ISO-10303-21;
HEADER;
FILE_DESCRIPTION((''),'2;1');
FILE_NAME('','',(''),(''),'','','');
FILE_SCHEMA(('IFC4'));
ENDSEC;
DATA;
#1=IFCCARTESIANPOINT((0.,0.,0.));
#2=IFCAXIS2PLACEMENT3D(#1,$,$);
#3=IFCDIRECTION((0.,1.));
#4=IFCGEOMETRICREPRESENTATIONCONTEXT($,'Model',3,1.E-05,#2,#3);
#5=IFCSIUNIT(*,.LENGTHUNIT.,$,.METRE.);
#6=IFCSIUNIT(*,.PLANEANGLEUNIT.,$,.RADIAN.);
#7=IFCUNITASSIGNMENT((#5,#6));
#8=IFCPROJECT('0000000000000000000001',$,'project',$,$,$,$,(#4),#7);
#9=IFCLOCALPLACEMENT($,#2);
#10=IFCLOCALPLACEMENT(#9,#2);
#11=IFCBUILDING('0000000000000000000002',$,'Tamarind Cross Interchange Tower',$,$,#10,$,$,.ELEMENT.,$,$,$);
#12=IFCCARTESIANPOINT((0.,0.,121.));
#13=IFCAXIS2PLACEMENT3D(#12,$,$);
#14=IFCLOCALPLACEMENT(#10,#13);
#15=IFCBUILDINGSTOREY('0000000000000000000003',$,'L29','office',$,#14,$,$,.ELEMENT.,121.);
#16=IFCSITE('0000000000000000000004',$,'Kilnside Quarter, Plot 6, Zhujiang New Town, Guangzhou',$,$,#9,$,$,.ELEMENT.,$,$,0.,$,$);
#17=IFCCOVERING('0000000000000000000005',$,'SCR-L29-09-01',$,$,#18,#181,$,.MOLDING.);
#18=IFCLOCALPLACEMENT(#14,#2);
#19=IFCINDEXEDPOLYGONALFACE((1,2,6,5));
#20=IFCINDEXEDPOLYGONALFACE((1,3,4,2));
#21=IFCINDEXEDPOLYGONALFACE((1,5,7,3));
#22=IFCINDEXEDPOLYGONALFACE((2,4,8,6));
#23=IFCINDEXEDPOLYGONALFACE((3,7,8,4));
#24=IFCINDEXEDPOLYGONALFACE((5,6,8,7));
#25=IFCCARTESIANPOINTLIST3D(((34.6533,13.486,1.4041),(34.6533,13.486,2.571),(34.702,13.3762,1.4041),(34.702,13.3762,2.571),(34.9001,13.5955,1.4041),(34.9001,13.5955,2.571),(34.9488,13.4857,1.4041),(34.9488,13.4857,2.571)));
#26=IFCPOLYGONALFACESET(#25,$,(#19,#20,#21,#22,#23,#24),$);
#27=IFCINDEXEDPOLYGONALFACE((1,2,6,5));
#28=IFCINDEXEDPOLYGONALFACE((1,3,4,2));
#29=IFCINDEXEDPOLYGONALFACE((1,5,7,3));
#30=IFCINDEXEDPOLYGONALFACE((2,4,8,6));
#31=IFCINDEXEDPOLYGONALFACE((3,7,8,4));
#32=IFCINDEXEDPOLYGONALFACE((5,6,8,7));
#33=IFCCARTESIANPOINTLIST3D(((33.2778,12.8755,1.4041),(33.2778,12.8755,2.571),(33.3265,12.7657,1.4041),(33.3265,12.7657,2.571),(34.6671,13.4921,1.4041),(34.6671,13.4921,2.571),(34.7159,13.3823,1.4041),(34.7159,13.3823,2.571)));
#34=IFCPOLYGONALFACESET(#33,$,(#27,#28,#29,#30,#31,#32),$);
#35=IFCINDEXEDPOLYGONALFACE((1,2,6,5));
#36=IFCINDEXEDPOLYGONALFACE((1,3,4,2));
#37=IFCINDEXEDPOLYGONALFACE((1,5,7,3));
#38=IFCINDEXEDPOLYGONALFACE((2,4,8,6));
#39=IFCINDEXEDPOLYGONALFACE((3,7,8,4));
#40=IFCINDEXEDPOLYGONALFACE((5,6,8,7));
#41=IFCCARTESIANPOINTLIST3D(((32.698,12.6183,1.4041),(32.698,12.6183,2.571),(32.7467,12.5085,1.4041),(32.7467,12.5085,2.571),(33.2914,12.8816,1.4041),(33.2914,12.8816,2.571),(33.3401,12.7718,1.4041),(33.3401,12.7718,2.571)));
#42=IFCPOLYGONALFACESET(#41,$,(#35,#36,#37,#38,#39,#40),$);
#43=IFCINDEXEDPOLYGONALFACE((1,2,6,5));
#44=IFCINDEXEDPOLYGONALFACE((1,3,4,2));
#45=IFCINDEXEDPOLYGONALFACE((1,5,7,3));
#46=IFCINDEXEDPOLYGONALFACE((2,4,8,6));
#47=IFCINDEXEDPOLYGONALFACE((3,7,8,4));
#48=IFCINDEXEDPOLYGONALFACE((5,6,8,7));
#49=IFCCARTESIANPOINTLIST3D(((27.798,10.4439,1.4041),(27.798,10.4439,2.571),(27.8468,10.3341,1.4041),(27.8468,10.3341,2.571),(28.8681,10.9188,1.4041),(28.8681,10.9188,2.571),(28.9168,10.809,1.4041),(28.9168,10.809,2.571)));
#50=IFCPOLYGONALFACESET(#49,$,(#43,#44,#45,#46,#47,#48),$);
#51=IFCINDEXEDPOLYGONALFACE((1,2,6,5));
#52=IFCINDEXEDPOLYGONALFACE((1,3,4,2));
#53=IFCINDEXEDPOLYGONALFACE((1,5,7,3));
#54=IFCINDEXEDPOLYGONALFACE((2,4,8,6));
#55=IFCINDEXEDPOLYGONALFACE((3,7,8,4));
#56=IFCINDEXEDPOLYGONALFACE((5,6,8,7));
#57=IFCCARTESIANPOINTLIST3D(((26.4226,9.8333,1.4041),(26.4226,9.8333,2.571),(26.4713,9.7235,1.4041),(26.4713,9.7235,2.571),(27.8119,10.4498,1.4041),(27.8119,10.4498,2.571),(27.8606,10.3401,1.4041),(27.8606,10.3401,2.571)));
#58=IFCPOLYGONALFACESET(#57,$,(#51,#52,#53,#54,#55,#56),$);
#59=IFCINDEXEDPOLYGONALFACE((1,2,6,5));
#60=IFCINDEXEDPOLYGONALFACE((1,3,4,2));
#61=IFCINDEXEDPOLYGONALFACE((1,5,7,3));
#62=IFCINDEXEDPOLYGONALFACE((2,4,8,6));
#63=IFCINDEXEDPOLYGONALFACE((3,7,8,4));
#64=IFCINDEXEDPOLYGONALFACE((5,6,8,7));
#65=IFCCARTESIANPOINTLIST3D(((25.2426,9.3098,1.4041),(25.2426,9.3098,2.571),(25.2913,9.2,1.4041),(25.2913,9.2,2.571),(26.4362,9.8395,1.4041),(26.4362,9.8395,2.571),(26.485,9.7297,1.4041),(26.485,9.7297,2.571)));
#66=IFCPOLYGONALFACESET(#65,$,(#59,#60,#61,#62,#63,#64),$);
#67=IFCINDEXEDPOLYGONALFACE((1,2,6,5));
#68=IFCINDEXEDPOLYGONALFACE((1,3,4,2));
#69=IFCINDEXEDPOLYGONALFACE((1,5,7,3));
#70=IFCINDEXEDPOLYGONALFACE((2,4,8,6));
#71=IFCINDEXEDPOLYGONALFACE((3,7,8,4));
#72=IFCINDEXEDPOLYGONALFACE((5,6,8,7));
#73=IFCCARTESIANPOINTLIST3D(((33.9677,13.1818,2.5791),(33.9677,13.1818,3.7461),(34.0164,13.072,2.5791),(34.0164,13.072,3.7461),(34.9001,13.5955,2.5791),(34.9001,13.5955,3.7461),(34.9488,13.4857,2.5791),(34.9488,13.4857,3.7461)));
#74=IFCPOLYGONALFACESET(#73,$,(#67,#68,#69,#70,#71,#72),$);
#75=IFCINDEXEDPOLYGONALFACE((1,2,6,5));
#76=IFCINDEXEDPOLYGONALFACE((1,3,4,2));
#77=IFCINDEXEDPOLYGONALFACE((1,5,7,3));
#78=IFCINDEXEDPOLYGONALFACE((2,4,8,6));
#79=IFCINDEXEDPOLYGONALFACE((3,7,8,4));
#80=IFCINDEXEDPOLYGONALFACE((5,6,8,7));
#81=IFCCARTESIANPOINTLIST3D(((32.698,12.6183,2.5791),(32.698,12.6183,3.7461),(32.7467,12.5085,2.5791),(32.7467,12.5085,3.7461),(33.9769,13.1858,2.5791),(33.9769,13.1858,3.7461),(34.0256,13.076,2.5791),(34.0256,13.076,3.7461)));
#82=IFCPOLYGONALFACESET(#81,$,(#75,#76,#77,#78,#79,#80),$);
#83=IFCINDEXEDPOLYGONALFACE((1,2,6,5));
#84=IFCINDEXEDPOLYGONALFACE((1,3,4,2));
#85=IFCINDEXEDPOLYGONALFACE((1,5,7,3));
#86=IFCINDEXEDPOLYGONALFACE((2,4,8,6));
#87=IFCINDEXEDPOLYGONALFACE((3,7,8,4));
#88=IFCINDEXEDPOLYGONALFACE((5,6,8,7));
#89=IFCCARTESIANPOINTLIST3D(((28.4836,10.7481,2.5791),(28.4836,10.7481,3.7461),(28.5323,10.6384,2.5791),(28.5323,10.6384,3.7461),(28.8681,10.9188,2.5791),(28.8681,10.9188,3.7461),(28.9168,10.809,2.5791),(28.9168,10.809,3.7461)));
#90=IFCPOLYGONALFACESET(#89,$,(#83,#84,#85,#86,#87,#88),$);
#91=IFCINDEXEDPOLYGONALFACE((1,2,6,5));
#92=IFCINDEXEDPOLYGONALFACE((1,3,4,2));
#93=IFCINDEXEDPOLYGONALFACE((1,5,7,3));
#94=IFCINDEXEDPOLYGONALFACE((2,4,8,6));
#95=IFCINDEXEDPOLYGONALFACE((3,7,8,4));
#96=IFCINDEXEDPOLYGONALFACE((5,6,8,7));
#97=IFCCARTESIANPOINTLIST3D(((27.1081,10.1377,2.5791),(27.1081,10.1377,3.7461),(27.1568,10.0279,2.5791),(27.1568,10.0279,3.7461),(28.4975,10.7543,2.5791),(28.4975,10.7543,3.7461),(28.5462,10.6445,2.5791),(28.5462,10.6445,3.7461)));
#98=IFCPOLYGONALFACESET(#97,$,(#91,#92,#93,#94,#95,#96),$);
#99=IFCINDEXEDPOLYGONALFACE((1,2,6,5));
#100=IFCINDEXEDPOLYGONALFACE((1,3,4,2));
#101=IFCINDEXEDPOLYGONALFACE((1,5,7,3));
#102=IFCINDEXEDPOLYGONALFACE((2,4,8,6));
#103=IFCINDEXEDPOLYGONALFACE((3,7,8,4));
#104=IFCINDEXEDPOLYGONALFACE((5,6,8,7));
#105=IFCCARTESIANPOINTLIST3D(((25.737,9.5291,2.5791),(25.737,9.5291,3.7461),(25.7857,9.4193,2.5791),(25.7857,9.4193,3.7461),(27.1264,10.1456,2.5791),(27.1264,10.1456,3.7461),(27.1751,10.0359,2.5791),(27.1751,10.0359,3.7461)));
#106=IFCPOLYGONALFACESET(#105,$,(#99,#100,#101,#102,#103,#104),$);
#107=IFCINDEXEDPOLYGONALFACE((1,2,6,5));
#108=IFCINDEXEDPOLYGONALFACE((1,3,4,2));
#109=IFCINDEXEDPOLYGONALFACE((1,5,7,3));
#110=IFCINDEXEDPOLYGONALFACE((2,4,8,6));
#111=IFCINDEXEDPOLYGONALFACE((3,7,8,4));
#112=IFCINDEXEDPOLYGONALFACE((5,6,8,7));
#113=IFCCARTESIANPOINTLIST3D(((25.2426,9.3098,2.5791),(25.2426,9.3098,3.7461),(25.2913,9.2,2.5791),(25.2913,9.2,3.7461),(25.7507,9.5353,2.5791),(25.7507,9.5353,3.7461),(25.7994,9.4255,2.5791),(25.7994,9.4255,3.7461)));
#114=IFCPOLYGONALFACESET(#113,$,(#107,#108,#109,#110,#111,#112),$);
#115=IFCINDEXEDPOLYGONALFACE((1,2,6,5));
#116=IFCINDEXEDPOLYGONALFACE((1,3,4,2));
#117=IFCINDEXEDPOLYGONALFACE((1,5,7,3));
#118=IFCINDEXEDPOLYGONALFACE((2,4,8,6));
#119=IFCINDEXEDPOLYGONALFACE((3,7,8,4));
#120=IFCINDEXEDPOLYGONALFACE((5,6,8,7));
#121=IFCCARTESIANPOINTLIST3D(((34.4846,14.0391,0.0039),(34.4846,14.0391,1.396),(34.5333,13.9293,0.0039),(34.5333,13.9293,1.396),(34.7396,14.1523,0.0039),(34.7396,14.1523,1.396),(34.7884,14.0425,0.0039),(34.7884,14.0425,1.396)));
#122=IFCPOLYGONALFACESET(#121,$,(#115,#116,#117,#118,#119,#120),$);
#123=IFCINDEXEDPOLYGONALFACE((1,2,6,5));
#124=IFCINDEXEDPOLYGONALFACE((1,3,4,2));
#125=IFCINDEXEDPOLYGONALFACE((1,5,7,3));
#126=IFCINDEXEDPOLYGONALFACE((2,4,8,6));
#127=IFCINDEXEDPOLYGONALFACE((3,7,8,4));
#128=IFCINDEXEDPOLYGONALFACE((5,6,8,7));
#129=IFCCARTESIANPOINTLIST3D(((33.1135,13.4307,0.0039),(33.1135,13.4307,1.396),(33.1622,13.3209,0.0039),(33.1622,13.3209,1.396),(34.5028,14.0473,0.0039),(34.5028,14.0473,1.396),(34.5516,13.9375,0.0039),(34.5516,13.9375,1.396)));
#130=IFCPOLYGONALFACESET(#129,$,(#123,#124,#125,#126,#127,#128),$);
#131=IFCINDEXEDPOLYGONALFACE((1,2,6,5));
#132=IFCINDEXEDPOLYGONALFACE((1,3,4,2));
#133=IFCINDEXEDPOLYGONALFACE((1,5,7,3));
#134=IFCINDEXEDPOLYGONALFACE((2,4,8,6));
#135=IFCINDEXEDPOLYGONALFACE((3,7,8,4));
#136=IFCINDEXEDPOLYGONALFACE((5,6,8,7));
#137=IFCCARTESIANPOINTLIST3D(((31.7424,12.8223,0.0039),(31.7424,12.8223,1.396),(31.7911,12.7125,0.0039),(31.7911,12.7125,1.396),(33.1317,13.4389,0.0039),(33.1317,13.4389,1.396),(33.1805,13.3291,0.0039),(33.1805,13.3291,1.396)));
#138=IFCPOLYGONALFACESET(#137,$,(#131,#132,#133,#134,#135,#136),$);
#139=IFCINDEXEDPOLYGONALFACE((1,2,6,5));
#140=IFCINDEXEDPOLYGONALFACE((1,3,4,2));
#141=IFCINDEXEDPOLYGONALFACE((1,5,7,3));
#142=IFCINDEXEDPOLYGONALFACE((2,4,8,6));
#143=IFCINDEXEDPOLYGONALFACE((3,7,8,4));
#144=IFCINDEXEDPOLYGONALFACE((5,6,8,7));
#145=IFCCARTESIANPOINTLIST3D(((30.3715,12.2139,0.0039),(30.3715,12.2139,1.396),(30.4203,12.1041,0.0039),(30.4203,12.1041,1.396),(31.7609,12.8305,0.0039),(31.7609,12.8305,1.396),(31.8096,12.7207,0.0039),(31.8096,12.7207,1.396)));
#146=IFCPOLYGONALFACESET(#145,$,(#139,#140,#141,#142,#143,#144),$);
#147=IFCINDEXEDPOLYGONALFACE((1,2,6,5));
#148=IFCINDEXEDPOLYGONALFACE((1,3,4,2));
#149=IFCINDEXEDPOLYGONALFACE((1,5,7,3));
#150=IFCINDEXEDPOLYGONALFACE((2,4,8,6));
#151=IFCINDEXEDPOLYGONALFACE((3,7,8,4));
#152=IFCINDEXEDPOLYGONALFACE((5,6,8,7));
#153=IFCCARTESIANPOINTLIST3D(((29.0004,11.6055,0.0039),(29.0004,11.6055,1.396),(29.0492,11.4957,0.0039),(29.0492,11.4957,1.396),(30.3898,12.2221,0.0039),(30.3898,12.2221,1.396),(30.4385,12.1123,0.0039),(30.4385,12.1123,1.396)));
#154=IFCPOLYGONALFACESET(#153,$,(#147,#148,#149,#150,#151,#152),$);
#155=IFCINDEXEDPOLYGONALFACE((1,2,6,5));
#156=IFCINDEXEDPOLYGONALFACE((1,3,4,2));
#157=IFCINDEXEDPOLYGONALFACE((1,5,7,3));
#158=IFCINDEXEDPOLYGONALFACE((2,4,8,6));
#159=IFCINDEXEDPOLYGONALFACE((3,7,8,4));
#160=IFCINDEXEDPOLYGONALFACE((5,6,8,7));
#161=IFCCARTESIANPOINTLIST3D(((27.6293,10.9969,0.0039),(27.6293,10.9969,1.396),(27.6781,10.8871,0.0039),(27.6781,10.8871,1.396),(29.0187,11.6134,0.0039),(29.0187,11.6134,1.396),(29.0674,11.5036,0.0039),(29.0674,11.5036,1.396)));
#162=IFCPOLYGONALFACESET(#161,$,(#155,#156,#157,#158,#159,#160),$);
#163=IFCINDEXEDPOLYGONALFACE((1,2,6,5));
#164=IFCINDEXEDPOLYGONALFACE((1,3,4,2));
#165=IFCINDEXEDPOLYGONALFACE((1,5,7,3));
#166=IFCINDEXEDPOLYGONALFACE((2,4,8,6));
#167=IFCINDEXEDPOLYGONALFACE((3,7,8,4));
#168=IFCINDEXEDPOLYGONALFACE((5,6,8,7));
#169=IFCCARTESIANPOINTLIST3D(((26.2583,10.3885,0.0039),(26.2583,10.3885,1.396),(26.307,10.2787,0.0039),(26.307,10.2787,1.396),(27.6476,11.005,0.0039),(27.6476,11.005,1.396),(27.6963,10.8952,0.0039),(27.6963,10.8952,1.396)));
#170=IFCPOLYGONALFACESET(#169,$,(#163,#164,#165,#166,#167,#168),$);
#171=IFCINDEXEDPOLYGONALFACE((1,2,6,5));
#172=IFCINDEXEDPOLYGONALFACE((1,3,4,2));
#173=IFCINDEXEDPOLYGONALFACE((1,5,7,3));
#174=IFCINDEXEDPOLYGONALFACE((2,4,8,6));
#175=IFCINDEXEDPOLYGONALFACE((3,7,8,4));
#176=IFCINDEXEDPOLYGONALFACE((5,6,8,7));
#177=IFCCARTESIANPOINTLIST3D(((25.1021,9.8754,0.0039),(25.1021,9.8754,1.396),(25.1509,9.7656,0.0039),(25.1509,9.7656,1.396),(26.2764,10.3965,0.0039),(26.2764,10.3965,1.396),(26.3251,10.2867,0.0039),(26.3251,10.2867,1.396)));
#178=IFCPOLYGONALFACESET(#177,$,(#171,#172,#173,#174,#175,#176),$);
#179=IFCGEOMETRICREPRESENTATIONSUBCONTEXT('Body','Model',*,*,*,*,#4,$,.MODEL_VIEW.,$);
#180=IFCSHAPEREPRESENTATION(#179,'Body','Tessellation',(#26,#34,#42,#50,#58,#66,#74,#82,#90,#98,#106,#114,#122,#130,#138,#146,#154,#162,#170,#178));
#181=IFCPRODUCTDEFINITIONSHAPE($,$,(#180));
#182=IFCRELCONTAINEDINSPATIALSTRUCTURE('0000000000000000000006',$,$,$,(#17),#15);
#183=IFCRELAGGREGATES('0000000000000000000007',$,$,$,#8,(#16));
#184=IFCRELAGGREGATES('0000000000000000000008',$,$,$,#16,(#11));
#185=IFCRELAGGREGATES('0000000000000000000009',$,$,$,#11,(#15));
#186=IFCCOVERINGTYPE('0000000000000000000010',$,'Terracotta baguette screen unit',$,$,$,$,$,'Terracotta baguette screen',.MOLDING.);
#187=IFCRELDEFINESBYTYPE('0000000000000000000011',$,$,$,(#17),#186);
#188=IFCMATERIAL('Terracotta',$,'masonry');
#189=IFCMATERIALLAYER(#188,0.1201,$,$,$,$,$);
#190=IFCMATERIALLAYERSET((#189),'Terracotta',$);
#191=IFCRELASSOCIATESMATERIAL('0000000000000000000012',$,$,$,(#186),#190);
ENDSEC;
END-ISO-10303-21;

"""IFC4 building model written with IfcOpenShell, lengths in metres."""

from ifc_helpers import new_model, si_unit, direction, frame, origin, origin_2d, place, context, subcontext, project, spatial, rectangle, extrude, material, layer, layer_set, type_object, element, save


model = new_model("IFC4")

# Units and contexts
model_context = context("Model", 3, precision=1e-05, world=origin(), true_north=direction((0.0, 1.0)))
body_context = subcontext(model_context, "Body", "Model", "MODEL_VIEW")
ifc_project = project(units=[si_unit("LENGTHUNIT", "METRE"), si_unit("PLANEANGLEUNIT", "RADIAN")], contexts=[model_context])

# Site, building, storey
site_placement = place(None, origin())
site = spatial("IfcSite", under=ifc_project, at=site_placement, Name="Kilnside Quarter, Plot 6, Zhujiang New Town, Guangzhou", CompositionType="ELEMENT", RefElevation=0.0)
building_placement = place(site_placement, origin())
building = spatial("IfcBuilding", under=site, at=building_placement, Name="Tamarind Cross Interchange Tower", CompositionType="ELEMENT")
storey_placement = place(building_placement, frame((0.0, 0.0, 121.0)))
storey = spatial("IfcBuildingStorey", under=building, at=storey_placement, Name="L29", Description="office", CompositionType="ELEMENT", Elevation=121.0)

# Covering
ifc_material_1 = material(Name="Terracotta", Category="masonry")
ifc_layer_1 = layer(ifc_material_1, 0.1201)
ifc_layer_set_1 = layer_set([ifc_layer_1], Name="Terracotta")
covering_type = type_object("IfcCoveringType", Name="Terracotta baguette screen unit", ElementType="Terracotta baguette screen", PredefinedType="MOLDING", material=ifc_layer_set_1)
covering_1_placement = place(storey_placement, origin())
element("IfcCovering", 1, at=covering_1_placement, inside=storey, type_object=covering_type, Name="SCR-L29-09-01", PredefinedType="MOLDING", context=body_context, shape_type="SweptSolid", body=[
    extrude(rectangle(XDim=0.27, YDim=0.1201, at=origin_2d()), frame((34.801, 13.4858, 1.4041), z_axis=(0.0, 0.0, 1.0), x_axis=(-0.91404, -0.405624, 0.0)), (0.0, 0.0, 1.0), 1.167),
    extrude(rectangle(XDim=1.52, YDim=0.1201, at=origin_2d()), frame((33.9968, 13.1289, 1.4041), z_axis=(0.0, 0.0, 1.0), x_axis=(-0.91404, -0.405624, 0.0)), (0.0, 0.0, 1.0), 1.167),
    extrude(rectangle(XDim=0.6492, YDim=0.1201, at=origin_2d()), frame((33.019, 12.6951, 1.4041), z_axis=(0.0, 0.0, 1.0), x_axis=(-0.91404, -0.405624, 0.0)), (0.0, 0.0, 1.0), 1.167),
    extrude(rectangle(XDim=1.1707, YDim=0.1201, at=origin_2d()), frame((28.3574, 10.6265, 1.4041), z_axis=(0.0, 0.0, 1.0), x_axis=(-0.91404, -0.405624, 0.0)), (0.0, 0.0, 1.0), 1.167),
    extrude(rectangle(XDim=1.52, YDim=0.1201, at=origin_2d()), frame((27.1416, 10.0867, 1.4041), z_axis=(0.0, 0.0, 1.0), x_axis=(-0.91404, -0.405624, 0.0)), (0.0, 0.0, 1.0), 1.167),
    extrude(rectangle(XDim=1.3059, YDim=0.1201, at=origin_2d()), frame((25.8638, 9.5198, 1.4041), z_axis=(0.0, 0.0, 1.0), x_axis=(-0.91404, -0.405624, 0.0)), (0.0, 0.0, 1.0), 1.167),
    extrude(rectangle(XDim=1.02, YDim=0.1201, at=origin_2d()), frame((34.4583, 13.3337, 2.5791), z_axis=(0.0, 0.0, 1.0), x_axis=(-0.91404, -0.405624, 0.0)), (0.0, 0.0, 1.0), 1.167),
    extrude(rectangle(XDim=1.3992, YDim=0.1201, at=origin_2d()), frame((33.3618, 12.8472, 2.5791), z_axis=(0.0, 0.0, 1.0), x_axis=(-0.91404, -0.405624, 0.0)), (0.0, 0.0, 1.0), 1.167),
    extrude(rectangle(XDim=0.4207, YDim=0.1201, at=origin_2d()), frame((28.7002, 10.7786, 2.5791), z_axis=(0.0, 0.0, 1.0), x_axis=(-0.91404, -0.405624, 0.0)), (0.0, 0.0, 1.0), 1.167),
    extrude(rectangle(XDim=1.52, YDim=0.1201, at=origin_2d()), frame((27.8271, 10.3911, 2.5791), z_axis=(0.0, 0.0, 1.0), x_axis=(-0.91404, -0.405624, 0.0)), (0.0, 0.0, 1.0), 1.167),
    extrude(rectangle(XDim=1.52, YDim=0.1201, at=origin_2d()), frame((26.4561, 9.7825, 2.5791), z_axis=(0.0, 0.0, 1.0), x_axis=(-0.91404, -0.405624, 0.0)), (0.0, 0.0, 1.0), 1.167),
    extrude(rectangle(XDim=0.5559, YDim=0.1201, at=origin_2d()), frame((25.521, 9.3677, 2.5791), z_axis=(0.0, 0.0, 1.0), x_axis=(-0.91404, -0.405624, 0.0)), (0.0, 0.0, 1.0), 1.167),
    extrude(rectangle(XDim=0.2791, YDim=0.1201, at=origin_2d()), frame((34.6365, 14.0408, 0.0039), z_axis=(0.0, 0.0, 1.0), x_axis=(-0.91404, -0.405624, 0.0)), (0.0, 0.0, 1.0), 1.3921),
    extrude(rectangle(XDim=1.52, YDim=0.1201, at=origin_2d()), frame((33.8325, 13.6841, 0.0039), z_axis=(0.0, 0.0, 1.0), x_axis=(-0.91404, -0.405624, 0.0)), (0.0, 0.0, 1.0), 1.3921),
    extrude(rectangle(XDim=1.52, YDim=0.1201, at=origin_2d()), frame((32.4614, 13.0757, 0.0039), z_axis=(0.0, 0.0, 1.0), x_axis=(-0.91404, -0.405624, 0.0)), (0.0, 0.0, 1.0), 1.3921),
    extrude(rectangle(XDim=1.52, YDim=0.1201, at=origin_2d()), frame((31.0906, 12.4673, 0.0039), z_axis=(0.0, 0.0, 1.0), x_axis=(-0.91404, -0.405624, 0.0)), (0.0, 0.0, 1.0), 1.3921),
    extrude(rectangle(XDim=1.52, YDim=0.1201, at=origin_2d()), frame((29.7195, 11.8589, 0.0039), z_axis=(0.0, 0.0, 1.0), x_axis=(-0.91404, -0.405624, 0.0)), (0.0, 0.0, 1.0), 1.3921),
    extrude(rectangle(XDim=1.52, YDim=0.1201, at=origin_2d()), frame((28.3484, 11.2502, 0.0039), z_axis=(0.0, 0.0, 1.0), x_axis=(-0.91404, -0.405624, 0.0)), (0.0, 0.0, 1.0), 1.3921),
    extrude(rectangle(XDim=1.52, YDim=0.1201, at=origin_2d()), frame((26.9773, 10.6418, 0.0039), z_axis=(0.0, 0.0, 1.0), x_axis=(-0.91404, -0.405624, 0.0)), (0.0, 0.0, 1.0), 1.3921),
    extrude(rectangle(XDim=1.2847, YDim=0.1201, at=origin_2d()), frame((25.7136, 10.0811, 0.0039), z_axis=(0.0, 0.0, 1.0), x_axis=(-0.91404, -0.405624, 0.0)), (0.0, 0.0, 1.0), 1.3921),
])

save(model, "model.ifc")
